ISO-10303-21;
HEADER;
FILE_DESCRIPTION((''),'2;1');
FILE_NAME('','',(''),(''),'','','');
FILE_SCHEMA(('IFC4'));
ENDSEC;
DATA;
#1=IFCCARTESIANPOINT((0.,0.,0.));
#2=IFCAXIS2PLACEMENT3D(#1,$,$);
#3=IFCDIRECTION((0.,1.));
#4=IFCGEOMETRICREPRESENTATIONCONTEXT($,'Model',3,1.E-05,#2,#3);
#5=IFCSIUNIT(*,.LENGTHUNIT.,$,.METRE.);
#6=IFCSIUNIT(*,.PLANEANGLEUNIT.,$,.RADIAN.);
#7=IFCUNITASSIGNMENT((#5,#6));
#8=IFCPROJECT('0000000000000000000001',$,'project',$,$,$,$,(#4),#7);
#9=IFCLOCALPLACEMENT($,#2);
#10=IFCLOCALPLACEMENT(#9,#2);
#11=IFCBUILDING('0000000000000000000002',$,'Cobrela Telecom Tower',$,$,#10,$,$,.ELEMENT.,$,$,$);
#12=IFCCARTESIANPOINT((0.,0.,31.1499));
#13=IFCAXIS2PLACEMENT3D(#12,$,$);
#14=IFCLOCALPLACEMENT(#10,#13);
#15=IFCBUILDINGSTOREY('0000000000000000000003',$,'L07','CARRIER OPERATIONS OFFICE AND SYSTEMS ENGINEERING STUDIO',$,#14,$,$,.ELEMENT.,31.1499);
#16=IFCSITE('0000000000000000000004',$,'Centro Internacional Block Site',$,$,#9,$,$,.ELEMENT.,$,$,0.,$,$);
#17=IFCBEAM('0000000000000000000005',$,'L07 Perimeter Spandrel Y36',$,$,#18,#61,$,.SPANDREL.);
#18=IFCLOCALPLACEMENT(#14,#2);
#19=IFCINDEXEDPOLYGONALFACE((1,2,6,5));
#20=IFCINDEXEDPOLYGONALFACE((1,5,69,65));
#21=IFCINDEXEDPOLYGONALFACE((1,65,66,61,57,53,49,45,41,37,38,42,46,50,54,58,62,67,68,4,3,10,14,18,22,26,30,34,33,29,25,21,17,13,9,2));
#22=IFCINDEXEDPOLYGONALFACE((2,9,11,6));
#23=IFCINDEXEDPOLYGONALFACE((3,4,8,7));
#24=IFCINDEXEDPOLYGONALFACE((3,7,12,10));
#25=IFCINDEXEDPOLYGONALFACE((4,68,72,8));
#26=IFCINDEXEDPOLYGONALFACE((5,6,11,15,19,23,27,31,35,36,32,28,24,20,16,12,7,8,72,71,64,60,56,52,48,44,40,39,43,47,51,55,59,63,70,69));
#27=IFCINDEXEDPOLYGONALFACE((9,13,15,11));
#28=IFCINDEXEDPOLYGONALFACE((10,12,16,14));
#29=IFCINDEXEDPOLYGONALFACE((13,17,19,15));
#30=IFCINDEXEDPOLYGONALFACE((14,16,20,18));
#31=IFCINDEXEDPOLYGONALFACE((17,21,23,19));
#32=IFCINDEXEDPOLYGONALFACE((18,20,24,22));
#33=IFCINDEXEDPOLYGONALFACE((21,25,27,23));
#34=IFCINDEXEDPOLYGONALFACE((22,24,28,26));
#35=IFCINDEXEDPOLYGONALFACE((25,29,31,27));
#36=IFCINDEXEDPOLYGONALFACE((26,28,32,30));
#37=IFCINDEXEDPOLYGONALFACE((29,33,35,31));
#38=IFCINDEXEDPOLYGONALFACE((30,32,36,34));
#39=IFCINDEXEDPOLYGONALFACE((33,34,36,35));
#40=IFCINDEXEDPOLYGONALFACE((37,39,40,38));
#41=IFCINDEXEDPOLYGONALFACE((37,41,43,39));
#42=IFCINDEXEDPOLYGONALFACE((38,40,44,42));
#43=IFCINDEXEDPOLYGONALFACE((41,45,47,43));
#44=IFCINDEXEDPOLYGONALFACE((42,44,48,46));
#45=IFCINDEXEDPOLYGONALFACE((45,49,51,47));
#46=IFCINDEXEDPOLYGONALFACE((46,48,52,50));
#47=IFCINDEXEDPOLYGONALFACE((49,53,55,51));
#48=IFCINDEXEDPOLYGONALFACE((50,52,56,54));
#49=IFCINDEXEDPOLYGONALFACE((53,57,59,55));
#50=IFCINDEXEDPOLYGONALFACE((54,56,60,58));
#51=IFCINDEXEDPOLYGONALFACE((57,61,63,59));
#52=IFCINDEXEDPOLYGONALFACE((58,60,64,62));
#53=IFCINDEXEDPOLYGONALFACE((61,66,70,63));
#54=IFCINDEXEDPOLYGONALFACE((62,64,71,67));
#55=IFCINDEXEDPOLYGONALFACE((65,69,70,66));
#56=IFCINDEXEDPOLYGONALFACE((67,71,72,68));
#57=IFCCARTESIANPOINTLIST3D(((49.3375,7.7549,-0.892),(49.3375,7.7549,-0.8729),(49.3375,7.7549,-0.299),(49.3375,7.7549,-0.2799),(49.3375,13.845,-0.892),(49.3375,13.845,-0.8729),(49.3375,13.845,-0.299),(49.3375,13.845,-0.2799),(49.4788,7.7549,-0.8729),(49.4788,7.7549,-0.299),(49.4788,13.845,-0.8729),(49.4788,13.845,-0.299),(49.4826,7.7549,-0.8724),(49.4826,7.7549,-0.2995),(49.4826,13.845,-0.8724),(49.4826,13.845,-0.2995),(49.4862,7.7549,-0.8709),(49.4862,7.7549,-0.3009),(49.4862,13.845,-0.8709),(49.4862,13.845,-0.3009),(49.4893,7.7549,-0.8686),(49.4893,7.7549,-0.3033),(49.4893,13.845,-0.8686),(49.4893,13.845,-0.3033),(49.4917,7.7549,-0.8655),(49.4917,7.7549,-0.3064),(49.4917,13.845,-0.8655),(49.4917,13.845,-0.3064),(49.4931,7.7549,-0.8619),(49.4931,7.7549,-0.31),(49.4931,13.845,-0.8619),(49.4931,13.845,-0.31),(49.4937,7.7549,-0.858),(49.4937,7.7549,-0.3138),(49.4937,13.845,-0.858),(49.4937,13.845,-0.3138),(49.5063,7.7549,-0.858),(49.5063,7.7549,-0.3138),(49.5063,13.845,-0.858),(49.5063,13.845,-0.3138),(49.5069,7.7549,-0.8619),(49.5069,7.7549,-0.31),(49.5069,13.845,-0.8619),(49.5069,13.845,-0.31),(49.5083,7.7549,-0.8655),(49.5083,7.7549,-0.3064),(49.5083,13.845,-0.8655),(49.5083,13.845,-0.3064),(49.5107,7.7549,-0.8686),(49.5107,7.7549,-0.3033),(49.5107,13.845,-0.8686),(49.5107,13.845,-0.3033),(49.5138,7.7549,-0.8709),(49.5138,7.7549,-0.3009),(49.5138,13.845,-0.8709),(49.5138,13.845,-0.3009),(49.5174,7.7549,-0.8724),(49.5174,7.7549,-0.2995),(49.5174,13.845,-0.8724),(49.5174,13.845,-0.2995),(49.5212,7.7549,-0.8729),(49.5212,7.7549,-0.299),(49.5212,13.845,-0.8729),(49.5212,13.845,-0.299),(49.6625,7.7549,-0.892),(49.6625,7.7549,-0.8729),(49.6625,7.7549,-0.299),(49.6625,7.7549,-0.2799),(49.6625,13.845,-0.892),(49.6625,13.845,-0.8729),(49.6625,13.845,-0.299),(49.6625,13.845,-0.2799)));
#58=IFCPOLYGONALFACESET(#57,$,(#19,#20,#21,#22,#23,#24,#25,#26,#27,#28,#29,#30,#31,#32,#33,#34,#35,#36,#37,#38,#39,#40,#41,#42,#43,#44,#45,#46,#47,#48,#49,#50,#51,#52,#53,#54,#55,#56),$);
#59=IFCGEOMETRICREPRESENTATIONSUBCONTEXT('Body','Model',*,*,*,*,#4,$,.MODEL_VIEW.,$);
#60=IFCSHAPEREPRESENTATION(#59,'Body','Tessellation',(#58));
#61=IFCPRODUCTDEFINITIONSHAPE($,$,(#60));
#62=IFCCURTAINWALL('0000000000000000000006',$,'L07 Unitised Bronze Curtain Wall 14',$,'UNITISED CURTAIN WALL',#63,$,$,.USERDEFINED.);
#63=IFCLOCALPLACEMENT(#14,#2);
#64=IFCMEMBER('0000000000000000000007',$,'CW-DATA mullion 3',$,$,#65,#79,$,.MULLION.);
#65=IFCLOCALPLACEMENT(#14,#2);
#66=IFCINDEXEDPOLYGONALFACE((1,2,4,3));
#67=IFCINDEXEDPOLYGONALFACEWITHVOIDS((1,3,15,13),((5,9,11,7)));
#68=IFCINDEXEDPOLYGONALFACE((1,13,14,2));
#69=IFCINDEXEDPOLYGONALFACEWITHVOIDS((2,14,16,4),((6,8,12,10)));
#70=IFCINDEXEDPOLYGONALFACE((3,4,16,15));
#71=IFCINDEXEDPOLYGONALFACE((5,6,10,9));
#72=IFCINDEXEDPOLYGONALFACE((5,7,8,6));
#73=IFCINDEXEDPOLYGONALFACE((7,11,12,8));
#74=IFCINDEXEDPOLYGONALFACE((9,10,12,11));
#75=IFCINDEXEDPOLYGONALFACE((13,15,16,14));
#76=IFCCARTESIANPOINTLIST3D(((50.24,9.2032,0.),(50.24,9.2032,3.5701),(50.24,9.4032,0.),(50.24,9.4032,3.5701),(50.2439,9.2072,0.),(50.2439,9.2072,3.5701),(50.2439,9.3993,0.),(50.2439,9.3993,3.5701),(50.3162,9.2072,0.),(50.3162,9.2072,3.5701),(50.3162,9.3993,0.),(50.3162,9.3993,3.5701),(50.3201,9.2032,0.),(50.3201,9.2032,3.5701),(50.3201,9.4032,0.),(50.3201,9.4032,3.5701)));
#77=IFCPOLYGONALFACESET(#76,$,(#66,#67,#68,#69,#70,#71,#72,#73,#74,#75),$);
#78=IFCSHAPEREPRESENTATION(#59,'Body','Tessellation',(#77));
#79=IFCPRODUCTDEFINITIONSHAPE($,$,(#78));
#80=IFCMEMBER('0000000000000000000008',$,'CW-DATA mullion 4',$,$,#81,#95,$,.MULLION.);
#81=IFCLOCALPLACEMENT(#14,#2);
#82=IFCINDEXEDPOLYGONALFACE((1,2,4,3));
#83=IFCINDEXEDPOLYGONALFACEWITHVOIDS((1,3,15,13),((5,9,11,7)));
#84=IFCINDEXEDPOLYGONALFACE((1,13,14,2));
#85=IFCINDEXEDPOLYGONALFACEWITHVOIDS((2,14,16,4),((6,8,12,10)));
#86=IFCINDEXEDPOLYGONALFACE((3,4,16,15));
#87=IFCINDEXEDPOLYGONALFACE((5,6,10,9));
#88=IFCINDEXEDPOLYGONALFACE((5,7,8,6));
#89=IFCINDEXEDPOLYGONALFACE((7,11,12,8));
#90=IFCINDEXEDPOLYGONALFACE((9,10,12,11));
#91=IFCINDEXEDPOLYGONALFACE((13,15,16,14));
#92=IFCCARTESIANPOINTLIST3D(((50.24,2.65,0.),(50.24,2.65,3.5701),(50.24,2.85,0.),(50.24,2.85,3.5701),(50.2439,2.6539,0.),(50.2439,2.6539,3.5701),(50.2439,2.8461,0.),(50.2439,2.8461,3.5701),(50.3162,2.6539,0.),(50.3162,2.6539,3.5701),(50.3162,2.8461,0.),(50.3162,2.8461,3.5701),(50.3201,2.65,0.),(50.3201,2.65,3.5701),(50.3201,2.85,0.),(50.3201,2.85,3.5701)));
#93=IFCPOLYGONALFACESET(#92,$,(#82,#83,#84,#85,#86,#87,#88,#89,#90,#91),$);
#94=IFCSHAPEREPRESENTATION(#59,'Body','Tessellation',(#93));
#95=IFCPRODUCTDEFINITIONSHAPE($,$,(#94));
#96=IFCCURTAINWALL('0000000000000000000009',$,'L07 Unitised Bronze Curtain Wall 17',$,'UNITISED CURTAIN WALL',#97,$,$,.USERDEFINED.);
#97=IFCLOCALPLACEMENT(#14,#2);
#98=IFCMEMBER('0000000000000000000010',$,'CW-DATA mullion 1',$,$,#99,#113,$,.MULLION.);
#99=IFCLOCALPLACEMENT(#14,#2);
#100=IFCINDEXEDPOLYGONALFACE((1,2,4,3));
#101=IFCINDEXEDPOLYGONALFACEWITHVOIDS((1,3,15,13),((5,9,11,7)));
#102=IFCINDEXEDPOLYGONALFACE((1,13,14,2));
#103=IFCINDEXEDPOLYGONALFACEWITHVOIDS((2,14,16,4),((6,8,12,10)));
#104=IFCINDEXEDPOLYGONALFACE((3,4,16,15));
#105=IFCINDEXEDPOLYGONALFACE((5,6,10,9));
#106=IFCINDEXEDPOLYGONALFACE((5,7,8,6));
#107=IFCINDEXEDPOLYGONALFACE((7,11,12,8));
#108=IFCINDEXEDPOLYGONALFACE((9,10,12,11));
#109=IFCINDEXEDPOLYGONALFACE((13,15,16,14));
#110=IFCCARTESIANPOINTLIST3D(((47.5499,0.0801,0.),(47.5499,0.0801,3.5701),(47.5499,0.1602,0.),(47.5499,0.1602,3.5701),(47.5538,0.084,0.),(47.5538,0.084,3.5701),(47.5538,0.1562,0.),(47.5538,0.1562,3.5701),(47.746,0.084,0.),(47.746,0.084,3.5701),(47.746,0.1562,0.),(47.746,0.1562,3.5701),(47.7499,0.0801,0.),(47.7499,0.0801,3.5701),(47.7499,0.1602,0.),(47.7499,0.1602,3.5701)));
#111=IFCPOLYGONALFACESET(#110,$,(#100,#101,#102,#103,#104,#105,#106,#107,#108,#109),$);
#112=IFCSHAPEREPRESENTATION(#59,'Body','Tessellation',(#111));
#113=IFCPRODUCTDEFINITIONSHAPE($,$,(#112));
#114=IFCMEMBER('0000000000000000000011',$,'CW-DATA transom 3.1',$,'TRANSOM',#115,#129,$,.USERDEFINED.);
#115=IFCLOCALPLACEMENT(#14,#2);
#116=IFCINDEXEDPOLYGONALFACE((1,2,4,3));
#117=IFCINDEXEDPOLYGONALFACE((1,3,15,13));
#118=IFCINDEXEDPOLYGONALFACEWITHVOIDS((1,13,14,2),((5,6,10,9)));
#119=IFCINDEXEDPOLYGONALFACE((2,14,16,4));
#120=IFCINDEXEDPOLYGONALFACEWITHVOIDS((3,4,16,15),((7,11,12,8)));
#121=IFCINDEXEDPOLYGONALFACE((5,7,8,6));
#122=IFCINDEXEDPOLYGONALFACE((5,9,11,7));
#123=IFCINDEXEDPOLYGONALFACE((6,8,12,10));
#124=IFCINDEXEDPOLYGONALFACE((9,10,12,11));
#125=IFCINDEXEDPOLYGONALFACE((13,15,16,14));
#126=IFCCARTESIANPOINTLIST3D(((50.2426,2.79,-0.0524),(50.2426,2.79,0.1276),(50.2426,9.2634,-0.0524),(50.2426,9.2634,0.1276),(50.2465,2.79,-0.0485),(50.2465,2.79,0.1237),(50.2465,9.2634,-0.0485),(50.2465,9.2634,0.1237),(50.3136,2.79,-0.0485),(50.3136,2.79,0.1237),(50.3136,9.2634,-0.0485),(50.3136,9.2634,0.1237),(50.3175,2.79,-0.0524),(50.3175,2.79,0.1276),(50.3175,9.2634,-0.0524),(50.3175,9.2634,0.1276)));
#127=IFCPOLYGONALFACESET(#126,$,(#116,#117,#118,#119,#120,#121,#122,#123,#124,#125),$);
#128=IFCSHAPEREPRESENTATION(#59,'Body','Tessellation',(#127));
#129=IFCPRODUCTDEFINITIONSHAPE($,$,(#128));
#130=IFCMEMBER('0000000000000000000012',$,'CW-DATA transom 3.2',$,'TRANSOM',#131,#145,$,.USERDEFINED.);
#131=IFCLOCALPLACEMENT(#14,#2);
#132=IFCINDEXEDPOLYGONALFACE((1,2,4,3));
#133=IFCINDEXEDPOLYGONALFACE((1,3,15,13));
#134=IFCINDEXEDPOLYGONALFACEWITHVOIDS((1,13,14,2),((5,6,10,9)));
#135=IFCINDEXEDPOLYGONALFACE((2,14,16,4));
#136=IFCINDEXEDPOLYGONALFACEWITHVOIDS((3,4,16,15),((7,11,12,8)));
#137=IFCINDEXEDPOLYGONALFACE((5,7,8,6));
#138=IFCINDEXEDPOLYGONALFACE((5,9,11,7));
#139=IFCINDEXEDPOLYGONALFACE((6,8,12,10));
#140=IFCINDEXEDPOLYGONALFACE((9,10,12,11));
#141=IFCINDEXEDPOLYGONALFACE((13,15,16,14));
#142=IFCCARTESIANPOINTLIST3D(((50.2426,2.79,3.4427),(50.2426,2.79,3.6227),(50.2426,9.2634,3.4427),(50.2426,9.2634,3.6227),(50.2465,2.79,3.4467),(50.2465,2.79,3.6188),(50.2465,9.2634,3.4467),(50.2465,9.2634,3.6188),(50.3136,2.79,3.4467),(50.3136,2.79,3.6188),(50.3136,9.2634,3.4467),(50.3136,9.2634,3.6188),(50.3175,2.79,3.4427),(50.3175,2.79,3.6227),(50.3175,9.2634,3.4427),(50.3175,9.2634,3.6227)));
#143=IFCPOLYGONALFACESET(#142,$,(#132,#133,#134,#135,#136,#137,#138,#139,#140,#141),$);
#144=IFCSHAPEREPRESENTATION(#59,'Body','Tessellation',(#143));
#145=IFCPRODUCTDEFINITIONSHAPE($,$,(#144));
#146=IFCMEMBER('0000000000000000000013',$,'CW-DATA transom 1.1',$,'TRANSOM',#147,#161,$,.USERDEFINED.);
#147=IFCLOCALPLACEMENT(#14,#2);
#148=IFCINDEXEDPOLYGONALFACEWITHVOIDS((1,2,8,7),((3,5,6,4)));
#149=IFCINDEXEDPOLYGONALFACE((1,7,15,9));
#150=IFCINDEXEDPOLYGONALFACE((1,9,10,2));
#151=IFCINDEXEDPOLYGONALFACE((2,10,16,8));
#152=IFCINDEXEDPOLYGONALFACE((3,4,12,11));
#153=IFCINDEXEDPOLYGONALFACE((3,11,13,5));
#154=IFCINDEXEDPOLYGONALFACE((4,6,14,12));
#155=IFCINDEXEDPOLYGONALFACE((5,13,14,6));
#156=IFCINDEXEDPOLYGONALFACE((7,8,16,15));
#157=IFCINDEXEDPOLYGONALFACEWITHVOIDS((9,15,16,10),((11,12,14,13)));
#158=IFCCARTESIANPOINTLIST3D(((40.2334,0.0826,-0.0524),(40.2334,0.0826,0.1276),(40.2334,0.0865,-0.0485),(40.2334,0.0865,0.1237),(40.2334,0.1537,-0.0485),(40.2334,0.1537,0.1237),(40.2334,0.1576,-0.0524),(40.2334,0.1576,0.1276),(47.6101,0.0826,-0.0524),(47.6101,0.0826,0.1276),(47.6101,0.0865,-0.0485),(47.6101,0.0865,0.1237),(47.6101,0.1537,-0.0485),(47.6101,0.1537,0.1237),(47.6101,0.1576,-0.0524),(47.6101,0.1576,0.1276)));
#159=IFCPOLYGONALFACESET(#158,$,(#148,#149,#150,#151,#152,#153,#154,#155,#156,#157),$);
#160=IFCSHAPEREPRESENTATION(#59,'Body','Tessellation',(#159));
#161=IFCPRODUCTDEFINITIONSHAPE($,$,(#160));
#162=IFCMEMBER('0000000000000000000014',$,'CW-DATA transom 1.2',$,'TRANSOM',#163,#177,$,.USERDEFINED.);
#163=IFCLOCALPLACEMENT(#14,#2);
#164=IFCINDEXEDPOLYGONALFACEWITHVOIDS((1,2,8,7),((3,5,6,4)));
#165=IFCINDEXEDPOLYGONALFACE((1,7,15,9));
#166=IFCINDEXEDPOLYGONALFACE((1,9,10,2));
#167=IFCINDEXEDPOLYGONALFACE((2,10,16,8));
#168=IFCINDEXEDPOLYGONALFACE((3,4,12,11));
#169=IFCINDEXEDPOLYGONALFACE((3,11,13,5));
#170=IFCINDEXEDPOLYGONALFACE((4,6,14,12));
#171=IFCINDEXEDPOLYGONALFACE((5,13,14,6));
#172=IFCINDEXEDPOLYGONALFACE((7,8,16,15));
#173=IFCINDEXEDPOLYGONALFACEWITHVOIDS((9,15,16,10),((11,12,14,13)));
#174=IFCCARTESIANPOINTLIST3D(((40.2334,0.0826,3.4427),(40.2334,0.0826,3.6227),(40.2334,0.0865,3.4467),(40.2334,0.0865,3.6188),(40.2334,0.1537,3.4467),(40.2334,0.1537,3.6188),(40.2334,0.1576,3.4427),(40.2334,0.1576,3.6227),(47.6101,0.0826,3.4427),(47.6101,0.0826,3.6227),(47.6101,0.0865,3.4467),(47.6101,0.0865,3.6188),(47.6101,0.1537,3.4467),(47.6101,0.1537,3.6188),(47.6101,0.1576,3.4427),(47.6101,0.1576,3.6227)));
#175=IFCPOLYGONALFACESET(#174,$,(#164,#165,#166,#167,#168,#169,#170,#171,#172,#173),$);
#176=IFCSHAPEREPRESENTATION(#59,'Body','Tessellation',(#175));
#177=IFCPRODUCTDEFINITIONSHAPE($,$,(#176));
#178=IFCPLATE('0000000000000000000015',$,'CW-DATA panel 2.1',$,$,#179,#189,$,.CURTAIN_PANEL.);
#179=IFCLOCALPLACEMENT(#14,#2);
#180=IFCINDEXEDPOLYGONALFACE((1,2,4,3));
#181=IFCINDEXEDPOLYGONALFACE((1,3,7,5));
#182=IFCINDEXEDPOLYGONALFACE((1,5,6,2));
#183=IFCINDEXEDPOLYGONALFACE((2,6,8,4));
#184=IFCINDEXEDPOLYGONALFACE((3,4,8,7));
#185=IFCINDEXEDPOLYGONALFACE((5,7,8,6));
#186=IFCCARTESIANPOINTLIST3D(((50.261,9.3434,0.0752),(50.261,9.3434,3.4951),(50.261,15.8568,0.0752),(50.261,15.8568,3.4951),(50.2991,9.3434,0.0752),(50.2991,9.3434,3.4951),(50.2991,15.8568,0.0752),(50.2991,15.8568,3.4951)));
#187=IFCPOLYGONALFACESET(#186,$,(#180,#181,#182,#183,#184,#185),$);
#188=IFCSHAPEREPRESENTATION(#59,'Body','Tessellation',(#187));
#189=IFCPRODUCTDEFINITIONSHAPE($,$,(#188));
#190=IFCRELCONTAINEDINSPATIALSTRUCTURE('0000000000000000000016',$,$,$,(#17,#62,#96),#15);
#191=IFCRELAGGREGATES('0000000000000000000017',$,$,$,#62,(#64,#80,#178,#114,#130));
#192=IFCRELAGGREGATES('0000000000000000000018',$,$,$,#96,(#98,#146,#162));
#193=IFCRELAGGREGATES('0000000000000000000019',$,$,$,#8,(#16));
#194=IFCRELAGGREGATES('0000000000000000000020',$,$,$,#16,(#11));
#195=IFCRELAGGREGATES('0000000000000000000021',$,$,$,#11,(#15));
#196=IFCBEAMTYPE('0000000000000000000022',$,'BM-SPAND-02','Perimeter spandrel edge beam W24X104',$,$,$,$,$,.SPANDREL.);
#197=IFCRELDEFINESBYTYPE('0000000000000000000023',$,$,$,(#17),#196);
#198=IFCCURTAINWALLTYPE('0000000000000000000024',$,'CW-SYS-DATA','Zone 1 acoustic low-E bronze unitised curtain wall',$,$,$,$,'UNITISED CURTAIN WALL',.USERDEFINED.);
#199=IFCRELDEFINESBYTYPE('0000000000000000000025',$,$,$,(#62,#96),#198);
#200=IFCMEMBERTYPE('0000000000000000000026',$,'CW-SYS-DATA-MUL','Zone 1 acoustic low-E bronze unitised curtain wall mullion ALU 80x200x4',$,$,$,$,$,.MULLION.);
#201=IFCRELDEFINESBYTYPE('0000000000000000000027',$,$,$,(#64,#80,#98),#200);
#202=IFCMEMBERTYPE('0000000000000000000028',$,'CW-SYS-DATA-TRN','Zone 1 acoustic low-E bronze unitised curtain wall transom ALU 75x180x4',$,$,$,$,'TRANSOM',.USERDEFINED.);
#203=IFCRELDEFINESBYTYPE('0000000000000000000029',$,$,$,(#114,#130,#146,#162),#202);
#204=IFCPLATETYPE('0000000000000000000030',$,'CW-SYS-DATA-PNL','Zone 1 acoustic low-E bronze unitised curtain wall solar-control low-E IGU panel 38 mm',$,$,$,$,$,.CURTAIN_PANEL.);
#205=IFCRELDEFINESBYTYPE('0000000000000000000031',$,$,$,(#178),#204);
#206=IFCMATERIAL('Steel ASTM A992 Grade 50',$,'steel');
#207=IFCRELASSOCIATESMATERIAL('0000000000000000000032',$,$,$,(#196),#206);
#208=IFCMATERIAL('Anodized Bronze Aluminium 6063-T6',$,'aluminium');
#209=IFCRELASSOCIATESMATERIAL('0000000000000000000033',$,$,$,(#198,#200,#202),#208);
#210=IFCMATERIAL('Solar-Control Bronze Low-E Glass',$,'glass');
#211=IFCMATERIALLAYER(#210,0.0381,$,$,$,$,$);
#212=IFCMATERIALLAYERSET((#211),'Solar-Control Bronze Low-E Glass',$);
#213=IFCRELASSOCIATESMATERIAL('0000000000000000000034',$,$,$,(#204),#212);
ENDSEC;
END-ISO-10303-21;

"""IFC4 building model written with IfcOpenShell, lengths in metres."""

from ifc_helpers import new_model, si_unit, direction, frame, origin, origin_2d, place, context, subcontext, project, spatial, rectangle, hollow_rectangle, i_section, extrude, material, layer, layer_set, material_profile, profile_set, type_object, element, aggregate, save


model = new_model("IFC4")

# Units and contexts
model_context = context("Model", 3, precision=1e-05, world=origin(), true_north=direction((0.0, 1.0)))
body_context = subcontext(model_context, "Body", "Model", "MODEL_VIEW")
ifc_project = project(units=[si_unit("LENGTHUNIT", "METRE"), si_unit("PLANEANGLEUNIT", "RADIAN")], contexts=[model_context])

# Site, building, storey
site_placement = place(None, origin())
site = spatial("IfcSite", under=ifc_project, at=site_placement, Name="Centro Internacional Block Site", CompositionType="ELEMENT", RefElevation=0.0)
building_placement = place(site_placement, origin())
building = spatial("IfcBuilding", under=site, at=building_placement, Name="Cobrela Telecom Tower", CompositionType="ELEMENT")
storey_placement = place(building_placement, frame((0.0, 0.0, 31.1499)))
storey = spatial("IfcBuildingStorey", under=building, at=storey_placement, Name="L07", Description="CARRIER OPERATIONS OFFICE AND SYSTEMS ENGINEERING STUDIO", CompositionType="ELEMENT", Elevation=31.1499)

# Shared definitions
ifc_material_1 = material(Name="Steel ASTM A992 Grade 50", Category="steel")

# Beam
ifc_material_profile_1 = material_profile(ifc_material_1, i_section(OverallWidth=0.325, OverallDepth=0.6121, WebThickness=0.0127, FlangeThickness=0.019, FilletRadius=0.0149, at=origin_2d()), Name="W24X104")
ifc_profile_set_1 = profile_set([ifc_material_profile_1], Name="Steel ASTM A992 Grade 50")
beam_type_1 = type_object("IfcBeamType", Name="BM-SPAND-02", Description="Perimeter spandrel edge beam W24X104", PredefinedType="SPANDREL", material=ifc_profile_set_1)
beam_1_placement = place(storey_placement, frame((49.5, 7.7549, -0.5859), z_axis=(0.0, 1.0, 0.0), x_axis=(-1.0, 0.0, 0.0)))
element("IfcBeam", 1, at=beam_1_placement, inside=storey, type_object=beam_type_1, Name="L07 Perimeter Spandrel Y36", PredefinedType="SPANDREL", context=body_context, shape_type="SweptSolid", body=[
    extrude(i_section(OverallWidth=0.325, OverallDepth=0.6121, WebThickness=0.0127, FlangeThickness=0.019, FilletRadius=0.0149, at=origin_2d()), origin(), (0.0, 0.0, 1.0), 6.0901),
])

# Curtain wall, members
ifc_material_2 = material(Name="Anodized Bronze Aluminium 6063-T6", Category="aluminium")
curtain_wall_type = type_object("IfcCurtainWallType", Name="CW-SYS-DATA", Description="Zone 1 acoustic low-E bronze unitised curtain wall", ElementType="UNITISED CURTAIN WALL", PredefinedType="USERDEFINED", material=ifc_material_2)
curtain_wall_1_placement = place(storey_placement, origin())
curtain_wall_1 = element("IfcCurtainWall", 2, at=curtain_wall_1_placement, inside=storey, type_object=curtain_wall_type, Name="L07 Unitised Bronze Curtain Wall 14", ObjectType="UNITISED CURTAIN WALL", PredefinedType="USERDEFINED")
ifc_material_profile_2 = material_profile(ifc_material_2, hollow_rectangle(XDim=0.0801, YDim=0.2, WallThickness=0.0039, at=origin_2d()), Name="ALU 80x200x4")
ifc_profile_set_2 = profile_set([ifc_material_profile_2], Name="Anodized Bronze Aluminium 6063-T6")
member_type_1 = type_object("IfcMemberType", Name="CW-SYS-DATA-MUL", Description="Zone 1 acoustic low-E bronze unitised curtain wall mullion ALU 80x200x4", PredefinedType="MULLION", material=ifc_profile_set_2)
member_1_placement = place(storey_placement, frame((50.28, 9.3032, 0.0), z_axis=(0.0, 0.0, 1.0), x_axis=(1.0, 0.0, 0.0)))
member_1 = element("IfcMember", 3, at=member_1_placement, type_object=member_type_1, Name="CW-DATA mullion 3", PredefinedType="MULLION", context=body_context, shape_type="SweptSolid", body=[
    extrude(hollow_rectangle(XDim=0.0801, YDim=0.2, WallThickness=0.0039, at=origin_2d()), origin(), (0.0, 0.0, 1.0), 3.5701),
])
member_2_placement = place(storey_placement, frame((50.28, 2.75, 0.0), z_axis=(0.0, 0.0, 1.0), x_axis=(1.0, 0.0, 0.0)))
member_2 = element("IfcMember", 4, at=member_2_placement, type_object=member_type_1, Name="CW-DATA mullion 4", PredefinedType="MULLION", context=body_context, shape_type="SweptSolid", body=[
    extrude(hollow_rectangle(XDim=0.0801, YDim=0.2, WallThickness=0.0039, at=origin_2d()), origin(), (0.0, 0.0, 1.0), 3.5701),
])

# Curtain wall, member
curtain_wall_2_placement = place(storey_placement, origin())
curtain_wall_2 = element("IfcCurtainWall", 5, at=curtain_wall_2_placement, inside=storey, type_object=curtain_wall_type, Name="L07 Unitised Bronze Curtain Wall 17", ObjectType="UNITISED CURTAIN WALL", PredefinedType="USERDEFINED")
member_3_placement = place(storey_placement, frame((47.6499, 0.1201, 0.0), z_axis=(0.0, 0.0, 1.0), x_axis=(0.0, -1.0, 0.0)))
member_3 = element("IfcMember", 6, at=member_3_placement, type_object=member_type_1, Name="CW-DATA mullion 1", PredefinedType="MULLION", context=body_context, shape_type="SweptSolid", body=[
    extrude(hollow_rectangle(XDim=0.0801, YDim=0.2, WallThickness=0.0039, at=origin_2d()), origin(), (0.0, 0.0, 1.0), 3.5701),
])

# Members
ifc_material_profile_3 = material_profile(ifc_material_2, hollow_rectangle(XDim=0.075, YDim=0.1799, WallThickness=0.0039, at=origin_2d()), Name="ALU 75x180x4")
ifc_profile_set_3 = profile_set([ifc_material_profile_3], Name="Anodized Bronze Aluminium 6063-T6")
member_type_2 = type_object("IfcMemberType", Name="CW-SYS-DATA-TRN", Description="Zone 1 acoustic low-E bronze unitised curtain wall transom ALU 75x180x4", ElementType="TRANSOM", PredefinedType="USERDEFINED", material=ifc_profile_set_3)
member_4_placement = place(storey_placement, frame((50.28, 9.2634, 0.0376), z_axis=(0.0, -1.0, 0.0), x_axis=(1.0, 0.0, 0.0)))
member_4 = element("IfcMember", 7, at=member_4_placement, type_object=member_type_2, Name="CW-DATA transom 3.1", ObjectType="TRANSOM", PredefinedType="USERDEFINED", context=body_context, shape_type="SweptSolid", body=[
    extrude(hollow_rectangle(XDim=0.075, YDim=0.1799, WallThickness=0.0039, at=origin_2d()), origin(), (0.0, 0.0, 1.0), 6.4734),
])
member_5_placement = place(storey_placement, frame((50.28, 9.2634, 3.5327), z_axis=(0.0, -1.0, 0.0), x_axis=(1.0, 0.0, 0.0)))
member_5 = element("IfcMember", 8, at=member_5_placement, type_object=member_type_2, Name="CW-DATA transom 3.2", ObjectType="TRANSOM", PredefinedType="USERDEFINED", context=body_context, shape_type="SweptSolid", body=[
    extrude(hollow_rectangle(XDim=0.075, YDim=0.1799, WallThickness=0.0039, at=origin_2d()), origin(), (0.0, 0.0, 1.0), 6.4734),
])
member_6_placement = place(storey_placement, frame((47.6101, 0.1201, 0.0376), z_axis=(-1.0, 0.0, 0.0), x_axis=(0.0, -1.0, 0.0)))
member_6 = element("IfcMember", 9, at=member_6_placement, type_object=member_type_2, Name="CW-DATA transom 1.1", ObjectType="TRANSOM", PredefinedType="USERDEFINED", context=body_context, shape_type="SweptSolid", body=[
    extrude(hollow_rectangle(XDim=0.075, YDim=0.1799, WallThickness=0.0039, at=origin_2d()), origin(), (0.0, 0.0, 1.0), 7.3767),
])
member_7_placement = place(storey_placement, frame((47.6101, 0.1201, 3.5327), z_axis=(-1.0, 0.0, 0.0), x_axis=(0.0, -1.0, 0.0)))
member_7 = element("IfcMember", 10, at=member_7_placement, type_object=member_type_2, Name="CW-DATA transom 1.2", ObjectType="TRANSOM", PredefinedType="USERDEFINED", context=body_context, shape_type="SweptSolid", body=[
    extrude(hollow_rectangle(XDim=0.075, YDim=0.1799, WallThickness=0.0039, at=origin_2d()), origin(), (0.0, 0.0, 1.0), 7.3767),
])

# Plate
ifc_material_3 = material(Name="Solar-Control Bronze Low-E Glass", Category="glass")
ifc_layer_1 = layer(ifc_material_3, 0.0381)
ifc_layer_set_1 = layer_set([ifc_layer_1], Name="Solar-Control Bronze Low-E Glass")
plate_type = type_object("IfcPlateType", Name="CW-SYS-DATA-PNL", Description="Zone 1 acoustic low-E bronze unitised curtain wall solar-control low-E IGU panel 38 mm", PredefinedType="CURTAIN_PANEL", material=ifc_layer_set_1)
plate_1_placement = place(storey_placement, frame((50.28, 12.6001, 0.0752), z_axis=(0.0, 0.0, 1.0), x_axis=(0.0, -1.0, 0.0)))
plate_1 = element("IfcPlate", 11, at=plate_1_placement, type_object=plate_type, Name="CW-DATA panel 2.1", PredefinedType="CURTAIN_PANEL", context=body_context, shape_type="SweptSolid", body=[
    extrude(rectangle(XDim=6.5134, YDim=0.0381, at=origin_2d()), origin(), (0.0, 0.0, 1.0), 3.4199),
])
aggregate(curtain_wall_1, [member_1, member_2, plate_1, member_4, member_5])
aggregate(curtain_wall_2, [member_3, member_6, member_7])

save(model, "model.ifc")
